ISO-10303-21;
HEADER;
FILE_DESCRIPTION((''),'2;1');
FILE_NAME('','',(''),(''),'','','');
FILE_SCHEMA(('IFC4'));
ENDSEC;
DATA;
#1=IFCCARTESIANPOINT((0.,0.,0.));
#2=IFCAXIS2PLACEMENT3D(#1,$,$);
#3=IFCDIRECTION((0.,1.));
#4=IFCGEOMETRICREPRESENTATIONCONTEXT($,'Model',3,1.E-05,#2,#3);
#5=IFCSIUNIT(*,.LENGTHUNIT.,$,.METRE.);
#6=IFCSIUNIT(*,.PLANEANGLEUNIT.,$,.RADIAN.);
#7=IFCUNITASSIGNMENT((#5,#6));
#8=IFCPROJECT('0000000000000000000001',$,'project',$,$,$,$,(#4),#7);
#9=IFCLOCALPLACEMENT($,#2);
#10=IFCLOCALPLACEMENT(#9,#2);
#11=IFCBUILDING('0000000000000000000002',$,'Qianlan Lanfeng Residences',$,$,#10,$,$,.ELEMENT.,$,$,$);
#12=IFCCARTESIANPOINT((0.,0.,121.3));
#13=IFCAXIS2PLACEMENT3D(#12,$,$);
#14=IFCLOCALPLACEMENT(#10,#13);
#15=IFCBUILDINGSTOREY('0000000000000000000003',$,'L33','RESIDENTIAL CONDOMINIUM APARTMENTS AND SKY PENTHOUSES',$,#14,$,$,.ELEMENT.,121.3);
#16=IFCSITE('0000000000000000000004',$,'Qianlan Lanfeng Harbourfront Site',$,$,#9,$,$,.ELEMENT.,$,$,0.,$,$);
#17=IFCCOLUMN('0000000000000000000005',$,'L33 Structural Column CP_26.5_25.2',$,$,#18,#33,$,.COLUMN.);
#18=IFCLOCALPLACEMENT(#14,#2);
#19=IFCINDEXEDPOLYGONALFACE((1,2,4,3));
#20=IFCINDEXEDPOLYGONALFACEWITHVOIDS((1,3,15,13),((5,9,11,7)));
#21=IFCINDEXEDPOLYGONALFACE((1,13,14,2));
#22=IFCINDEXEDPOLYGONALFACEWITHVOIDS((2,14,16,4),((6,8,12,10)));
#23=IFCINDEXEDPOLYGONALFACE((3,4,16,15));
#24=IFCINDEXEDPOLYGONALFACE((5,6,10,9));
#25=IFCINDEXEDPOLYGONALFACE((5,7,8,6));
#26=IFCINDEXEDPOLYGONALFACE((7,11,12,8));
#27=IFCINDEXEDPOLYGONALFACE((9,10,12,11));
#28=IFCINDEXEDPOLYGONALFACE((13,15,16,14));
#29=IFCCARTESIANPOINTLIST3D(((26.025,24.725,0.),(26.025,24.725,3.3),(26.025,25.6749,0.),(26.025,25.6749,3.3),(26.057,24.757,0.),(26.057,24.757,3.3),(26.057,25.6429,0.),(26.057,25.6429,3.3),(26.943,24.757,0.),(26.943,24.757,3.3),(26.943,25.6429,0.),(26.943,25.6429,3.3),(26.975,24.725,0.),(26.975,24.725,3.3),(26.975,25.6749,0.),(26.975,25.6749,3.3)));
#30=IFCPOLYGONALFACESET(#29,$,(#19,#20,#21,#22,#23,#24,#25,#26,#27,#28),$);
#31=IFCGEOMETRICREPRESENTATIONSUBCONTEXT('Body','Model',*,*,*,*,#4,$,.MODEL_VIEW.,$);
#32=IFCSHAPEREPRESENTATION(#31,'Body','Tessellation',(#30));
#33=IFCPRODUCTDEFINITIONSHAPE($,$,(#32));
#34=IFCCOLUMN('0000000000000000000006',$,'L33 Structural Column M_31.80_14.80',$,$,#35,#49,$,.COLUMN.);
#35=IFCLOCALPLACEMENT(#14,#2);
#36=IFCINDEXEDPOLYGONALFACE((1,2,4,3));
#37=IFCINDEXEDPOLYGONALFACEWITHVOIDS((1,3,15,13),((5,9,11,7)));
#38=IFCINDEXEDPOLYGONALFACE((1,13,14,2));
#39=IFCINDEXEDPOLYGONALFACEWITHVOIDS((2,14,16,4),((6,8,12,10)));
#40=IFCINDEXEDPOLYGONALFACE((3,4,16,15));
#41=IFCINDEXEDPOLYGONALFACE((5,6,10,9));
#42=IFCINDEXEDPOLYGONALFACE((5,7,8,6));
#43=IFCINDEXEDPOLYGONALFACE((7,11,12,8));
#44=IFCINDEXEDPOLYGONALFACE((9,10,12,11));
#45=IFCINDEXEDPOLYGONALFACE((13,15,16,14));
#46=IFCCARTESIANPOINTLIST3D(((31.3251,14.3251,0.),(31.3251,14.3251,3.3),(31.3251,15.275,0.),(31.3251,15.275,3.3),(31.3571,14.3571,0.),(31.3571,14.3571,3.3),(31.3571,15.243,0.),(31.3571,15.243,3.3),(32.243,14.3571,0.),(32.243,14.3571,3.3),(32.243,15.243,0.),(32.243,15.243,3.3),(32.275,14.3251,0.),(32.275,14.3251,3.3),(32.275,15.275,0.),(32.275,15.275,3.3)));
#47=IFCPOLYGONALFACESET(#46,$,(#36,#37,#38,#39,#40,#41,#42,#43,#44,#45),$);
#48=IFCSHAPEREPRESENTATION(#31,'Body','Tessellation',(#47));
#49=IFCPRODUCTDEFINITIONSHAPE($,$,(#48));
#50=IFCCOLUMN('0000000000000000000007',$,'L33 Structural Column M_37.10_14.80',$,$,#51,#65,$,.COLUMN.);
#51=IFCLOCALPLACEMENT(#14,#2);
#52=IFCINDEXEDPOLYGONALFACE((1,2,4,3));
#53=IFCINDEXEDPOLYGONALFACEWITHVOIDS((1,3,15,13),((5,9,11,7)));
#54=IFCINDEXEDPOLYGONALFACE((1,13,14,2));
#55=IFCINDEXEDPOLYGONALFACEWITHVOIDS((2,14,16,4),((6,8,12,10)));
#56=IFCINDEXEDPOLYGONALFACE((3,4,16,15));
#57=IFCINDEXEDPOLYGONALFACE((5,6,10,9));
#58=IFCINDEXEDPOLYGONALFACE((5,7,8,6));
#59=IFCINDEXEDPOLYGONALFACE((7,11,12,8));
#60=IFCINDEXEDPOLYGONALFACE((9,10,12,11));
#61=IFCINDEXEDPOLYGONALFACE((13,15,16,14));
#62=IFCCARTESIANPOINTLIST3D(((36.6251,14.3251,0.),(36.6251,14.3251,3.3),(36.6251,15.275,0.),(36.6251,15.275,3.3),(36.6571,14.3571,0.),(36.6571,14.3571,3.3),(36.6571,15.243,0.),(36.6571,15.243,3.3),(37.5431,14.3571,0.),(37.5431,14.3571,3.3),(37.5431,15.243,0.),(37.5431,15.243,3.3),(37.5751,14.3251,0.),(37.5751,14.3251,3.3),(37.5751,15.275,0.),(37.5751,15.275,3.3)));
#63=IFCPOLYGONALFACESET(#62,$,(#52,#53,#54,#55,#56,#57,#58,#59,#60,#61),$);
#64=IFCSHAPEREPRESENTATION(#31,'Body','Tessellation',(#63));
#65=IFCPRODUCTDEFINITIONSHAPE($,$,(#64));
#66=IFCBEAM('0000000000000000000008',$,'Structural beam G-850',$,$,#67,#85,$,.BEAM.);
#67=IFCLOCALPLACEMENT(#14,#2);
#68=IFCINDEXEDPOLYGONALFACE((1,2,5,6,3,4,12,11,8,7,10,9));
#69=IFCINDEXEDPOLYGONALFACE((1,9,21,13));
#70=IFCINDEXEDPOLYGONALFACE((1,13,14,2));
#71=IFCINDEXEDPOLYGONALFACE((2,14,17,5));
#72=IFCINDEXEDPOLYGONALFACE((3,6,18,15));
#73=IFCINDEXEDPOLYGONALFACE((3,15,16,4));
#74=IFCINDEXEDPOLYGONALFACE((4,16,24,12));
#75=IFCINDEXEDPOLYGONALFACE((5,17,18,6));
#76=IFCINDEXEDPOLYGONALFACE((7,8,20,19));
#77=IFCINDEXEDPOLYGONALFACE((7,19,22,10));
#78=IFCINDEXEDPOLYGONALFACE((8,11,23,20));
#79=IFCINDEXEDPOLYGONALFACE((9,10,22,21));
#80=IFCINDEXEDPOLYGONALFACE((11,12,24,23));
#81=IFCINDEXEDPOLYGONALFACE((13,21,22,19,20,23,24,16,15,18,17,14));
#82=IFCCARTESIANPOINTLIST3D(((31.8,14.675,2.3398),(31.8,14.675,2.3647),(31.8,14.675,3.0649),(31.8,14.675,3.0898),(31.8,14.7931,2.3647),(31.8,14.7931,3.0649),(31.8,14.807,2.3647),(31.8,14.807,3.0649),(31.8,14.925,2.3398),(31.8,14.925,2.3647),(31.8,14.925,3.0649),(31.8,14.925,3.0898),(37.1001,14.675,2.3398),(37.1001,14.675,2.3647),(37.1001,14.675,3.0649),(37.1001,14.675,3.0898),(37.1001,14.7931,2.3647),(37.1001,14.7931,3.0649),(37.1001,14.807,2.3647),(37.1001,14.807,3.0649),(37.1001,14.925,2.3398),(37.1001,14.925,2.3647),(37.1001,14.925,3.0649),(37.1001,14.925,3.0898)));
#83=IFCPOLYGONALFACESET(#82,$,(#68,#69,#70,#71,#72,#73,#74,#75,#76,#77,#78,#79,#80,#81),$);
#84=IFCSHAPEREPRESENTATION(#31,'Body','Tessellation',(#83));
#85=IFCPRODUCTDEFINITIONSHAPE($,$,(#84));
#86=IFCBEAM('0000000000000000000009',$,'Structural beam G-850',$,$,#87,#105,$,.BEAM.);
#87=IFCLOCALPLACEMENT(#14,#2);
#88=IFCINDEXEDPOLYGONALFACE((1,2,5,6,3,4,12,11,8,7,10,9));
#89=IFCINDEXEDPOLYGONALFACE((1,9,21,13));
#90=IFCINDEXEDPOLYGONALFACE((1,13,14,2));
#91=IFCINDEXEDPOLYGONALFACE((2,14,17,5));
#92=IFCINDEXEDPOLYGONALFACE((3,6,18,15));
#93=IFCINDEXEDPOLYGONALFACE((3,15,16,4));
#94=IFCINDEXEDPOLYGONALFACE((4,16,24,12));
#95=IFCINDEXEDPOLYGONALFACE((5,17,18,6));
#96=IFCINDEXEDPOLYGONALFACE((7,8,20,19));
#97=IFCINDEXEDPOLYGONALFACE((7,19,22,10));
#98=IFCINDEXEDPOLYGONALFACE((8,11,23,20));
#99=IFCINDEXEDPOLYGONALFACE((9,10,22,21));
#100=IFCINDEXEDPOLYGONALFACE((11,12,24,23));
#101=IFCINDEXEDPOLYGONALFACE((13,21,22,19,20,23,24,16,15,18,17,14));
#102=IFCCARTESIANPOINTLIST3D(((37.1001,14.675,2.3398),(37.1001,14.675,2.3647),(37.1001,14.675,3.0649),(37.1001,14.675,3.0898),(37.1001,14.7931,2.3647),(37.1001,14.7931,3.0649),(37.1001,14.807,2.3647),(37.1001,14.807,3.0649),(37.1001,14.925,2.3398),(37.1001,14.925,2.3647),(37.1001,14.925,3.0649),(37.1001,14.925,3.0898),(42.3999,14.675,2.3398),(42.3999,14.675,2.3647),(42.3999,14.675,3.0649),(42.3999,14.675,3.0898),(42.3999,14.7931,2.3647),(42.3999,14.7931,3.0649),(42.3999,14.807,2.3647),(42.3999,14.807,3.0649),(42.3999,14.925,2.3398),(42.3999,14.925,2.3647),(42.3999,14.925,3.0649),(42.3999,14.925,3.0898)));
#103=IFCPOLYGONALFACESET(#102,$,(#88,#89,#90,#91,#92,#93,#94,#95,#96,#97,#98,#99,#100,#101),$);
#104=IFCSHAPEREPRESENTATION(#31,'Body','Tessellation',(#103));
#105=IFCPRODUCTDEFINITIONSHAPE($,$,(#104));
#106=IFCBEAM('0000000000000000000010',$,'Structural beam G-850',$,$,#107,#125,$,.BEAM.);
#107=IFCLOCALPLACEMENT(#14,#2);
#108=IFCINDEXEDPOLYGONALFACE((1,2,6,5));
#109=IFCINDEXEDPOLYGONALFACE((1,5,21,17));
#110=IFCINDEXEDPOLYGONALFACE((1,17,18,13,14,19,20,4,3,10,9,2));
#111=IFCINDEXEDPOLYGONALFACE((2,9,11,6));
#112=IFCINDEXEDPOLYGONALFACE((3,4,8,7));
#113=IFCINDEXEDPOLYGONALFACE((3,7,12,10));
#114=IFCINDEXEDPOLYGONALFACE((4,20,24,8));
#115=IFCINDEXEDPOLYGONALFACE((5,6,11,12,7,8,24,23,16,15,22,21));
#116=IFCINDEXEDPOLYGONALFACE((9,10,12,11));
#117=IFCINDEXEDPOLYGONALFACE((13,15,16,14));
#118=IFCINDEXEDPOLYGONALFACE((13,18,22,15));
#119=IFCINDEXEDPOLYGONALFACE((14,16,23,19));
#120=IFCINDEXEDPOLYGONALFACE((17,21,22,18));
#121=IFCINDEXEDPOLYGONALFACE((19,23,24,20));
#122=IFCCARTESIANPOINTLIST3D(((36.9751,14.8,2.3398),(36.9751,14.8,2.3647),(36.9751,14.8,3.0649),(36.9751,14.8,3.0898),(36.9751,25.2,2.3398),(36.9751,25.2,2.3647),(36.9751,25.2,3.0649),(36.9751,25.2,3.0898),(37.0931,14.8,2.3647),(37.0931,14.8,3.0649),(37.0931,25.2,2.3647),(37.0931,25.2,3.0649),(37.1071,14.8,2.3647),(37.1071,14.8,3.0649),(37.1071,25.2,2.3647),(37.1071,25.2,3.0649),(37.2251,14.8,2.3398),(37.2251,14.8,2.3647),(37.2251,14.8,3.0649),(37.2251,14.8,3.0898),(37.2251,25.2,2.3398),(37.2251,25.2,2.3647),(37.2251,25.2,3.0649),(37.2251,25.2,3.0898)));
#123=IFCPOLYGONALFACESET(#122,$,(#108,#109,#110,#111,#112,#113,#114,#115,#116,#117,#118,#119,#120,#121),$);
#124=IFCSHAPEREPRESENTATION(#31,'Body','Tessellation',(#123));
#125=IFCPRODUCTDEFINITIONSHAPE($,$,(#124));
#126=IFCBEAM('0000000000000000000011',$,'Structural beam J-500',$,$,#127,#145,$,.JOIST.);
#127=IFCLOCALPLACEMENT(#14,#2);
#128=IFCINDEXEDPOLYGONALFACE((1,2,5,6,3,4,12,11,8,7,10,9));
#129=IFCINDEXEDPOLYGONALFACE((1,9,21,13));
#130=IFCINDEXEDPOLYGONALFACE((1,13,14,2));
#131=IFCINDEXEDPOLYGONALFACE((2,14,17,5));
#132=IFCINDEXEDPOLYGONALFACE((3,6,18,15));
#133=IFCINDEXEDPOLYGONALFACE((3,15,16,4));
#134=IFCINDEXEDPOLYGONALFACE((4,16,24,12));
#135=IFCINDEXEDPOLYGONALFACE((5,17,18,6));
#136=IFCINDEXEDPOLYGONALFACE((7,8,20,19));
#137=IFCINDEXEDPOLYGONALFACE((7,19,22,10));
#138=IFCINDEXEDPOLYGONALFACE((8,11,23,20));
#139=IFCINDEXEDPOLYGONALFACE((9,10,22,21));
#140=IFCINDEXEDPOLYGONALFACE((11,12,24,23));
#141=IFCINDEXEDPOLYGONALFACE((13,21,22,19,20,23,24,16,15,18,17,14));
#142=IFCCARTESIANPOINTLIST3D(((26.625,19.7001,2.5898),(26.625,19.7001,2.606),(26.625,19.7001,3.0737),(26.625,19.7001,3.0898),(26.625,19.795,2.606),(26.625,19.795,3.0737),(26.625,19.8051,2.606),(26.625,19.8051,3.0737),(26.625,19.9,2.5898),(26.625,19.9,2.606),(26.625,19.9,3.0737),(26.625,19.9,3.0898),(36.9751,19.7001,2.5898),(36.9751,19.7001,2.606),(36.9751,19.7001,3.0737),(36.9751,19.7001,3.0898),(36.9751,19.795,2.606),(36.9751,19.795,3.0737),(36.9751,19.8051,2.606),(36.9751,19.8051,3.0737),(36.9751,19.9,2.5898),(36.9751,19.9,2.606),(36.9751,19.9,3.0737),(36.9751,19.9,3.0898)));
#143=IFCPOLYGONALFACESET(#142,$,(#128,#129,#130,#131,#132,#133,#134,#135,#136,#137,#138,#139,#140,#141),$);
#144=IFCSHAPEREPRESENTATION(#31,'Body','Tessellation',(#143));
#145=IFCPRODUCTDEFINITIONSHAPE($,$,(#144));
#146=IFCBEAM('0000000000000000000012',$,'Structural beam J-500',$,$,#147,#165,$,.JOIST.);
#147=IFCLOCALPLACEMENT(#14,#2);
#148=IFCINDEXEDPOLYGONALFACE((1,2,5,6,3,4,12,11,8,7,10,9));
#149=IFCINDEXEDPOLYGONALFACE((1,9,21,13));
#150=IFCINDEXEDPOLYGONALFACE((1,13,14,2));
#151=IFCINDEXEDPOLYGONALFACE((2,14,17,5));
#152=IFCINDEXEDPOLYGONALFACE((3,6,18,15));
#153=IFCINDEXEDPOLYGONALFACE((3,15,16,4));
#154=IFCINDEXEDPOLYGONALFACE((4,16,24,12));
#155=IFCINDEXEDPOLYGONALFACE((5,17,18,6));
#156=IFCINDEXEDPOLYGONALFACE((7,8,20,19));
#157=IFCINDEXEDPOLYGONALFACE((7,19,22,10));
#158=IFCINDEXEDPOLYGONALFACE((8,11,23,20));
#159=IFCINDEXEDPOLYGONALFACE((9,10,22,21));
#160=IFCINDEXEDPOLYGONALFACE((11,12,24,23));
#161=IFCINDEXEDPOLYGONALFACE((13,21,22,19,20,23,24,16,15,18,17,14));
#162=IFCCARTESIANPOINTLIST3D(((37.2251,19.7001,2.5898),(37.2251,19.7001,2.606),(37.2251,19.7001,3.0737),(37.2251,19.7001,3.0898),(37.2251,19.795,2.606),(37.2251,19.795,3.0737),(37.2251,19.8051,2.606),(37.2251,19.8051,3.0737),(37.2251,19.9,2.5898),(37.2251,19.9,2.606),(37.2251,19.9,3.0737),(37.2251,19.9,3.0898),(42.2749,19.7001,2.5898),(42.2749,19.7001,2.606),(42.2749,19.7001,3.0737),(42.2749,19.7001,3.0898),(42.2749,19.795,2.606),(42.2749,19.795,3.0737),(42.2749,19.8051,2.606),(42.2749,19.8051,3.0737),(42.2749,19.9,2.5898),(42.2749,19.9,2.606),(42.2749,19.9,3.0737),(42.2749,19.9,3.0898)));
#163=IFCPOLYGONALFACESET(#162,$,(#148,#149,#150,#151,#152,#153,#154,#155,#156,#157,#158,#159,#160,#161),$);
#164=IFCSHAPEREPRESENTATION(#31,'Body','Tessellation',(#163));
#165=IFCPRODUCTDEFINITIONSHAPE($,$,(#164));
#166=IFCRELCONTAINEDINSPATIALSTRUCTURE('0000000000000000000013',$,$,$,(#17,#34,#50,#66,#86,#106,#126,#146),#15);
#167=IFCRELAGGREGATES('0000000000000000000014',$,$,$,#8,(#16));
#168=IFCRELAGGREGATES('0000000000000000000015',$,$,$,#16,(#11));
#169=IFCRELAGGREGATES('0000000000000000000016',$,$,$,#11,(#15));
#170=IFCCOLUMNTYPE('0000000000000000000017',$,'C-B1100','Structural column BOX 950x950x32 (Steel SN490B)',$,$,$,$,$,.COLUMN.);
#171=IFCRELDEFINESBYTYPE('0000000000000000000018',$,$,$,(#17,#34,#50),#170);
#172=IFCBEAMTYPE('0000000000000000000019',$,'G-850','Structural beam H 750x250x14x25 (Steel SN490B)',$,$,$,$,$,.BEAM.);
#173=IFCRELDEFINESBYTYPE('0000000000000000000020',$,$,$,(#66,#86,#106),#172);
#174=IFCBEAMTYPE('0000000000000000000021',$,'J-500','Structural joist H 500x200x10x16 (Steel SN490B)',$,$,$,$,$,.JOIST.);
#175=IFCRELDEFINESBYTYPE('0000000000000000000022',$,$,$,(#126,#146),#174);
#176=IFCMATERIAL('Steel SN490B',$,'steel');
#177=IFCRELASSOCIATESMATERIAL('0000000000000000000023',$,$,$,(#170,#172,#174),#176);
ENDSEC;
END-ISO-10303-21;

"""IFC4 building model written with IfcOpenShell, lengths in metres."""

from ifc_helpers import new_model, si_unit, direction, frame, origin, origin_2d, place, context, subcontext, project, spatial, hollow_rectangle, i_section, extrude, material, material_profile, profile_set, type_object, element, save


model = new_model("IFC4")

# Units and contexts
model_context = context("Model", 3, precision=1e-05, world=origin(), true_north=direction((0.0, 1.0)))
body_context = subcontext(model_context, "Body", "Model", "MODEL_VIEW")
ifc_project = project(units=[si_unit("LENGTHUNIT", "METRE"), si_unit("PLANEANGLEUNIT", "RADIAN")], contexts=[model_context])

# Site, building, storey
site_placement = place(None, origin())
site = spatial("IfcSite", under=ifc_project, at=site_placement, Name="Qianlan Lanfeng Harbourfront Site", CompositionType="ELEMENT", RefElevation=0.0)
building_placement = place(site_placement, origin())
building = spatial("IfcBuilding", under=site, at=building_placement, Name="Qianlan Lanfeng Residences", CompositionType="ELEMENT")
storey_placement = place(building_placement, frame((0.0, 0.0, 121.3)))
storey = spatial("IfcBuildingStorey", under=building, at=storey_placement, Name="L33", Description="RESIDENTIAL CONDOMINIUM APARTMENTS AND SKY PENTHOUSES", CompositionType="ELEMENT", Elevation=121.3)

# Columns
ifc_material_1 = material(Name="Steel SN490B", Category="steel")
ifc_material_profile_1 = material_profile(ifc_material_1, hollow_rectangle(XDim=0.95, YDim=0.95, WallThickness=0.032, at=origin_2d()), Name="BOX 950x950x32")
ifc_profile_set_1 = profile_set([ifc_material_profile_1], Name="Steel SN490B")
column_type = type_object("IfcColumnType", Name="C-B1100", Description="Structural column BOX 950x950x32 (Steel SN490B)", PredefinedType="COLUMN", material=ifc_profile_set_1)
for number, where, z_axis, x_axis, name in (
    (1, (26.5, 25.2, 0.0), (0.0, 0.0, 1.0), (1.0, 0.0, 0.0), "L33 Structural Column CP_26.5_25.2"),
    (2, (31.8, 14.8, 0.0), (0.0, 0.0, 1.0), (1.0, 0.0, 0.0), "L33 Structural Column M_31.80_14.80"),
    (3, (37.1001, 14.8, 0.0), (0.0, 0.0, 1.0), (1.0, 0.0, 0.0), "L33 Structural Column M_37.10_14.80"),
):
    element("IfcColumn", number, at=place(storey_placement, frame(where, z_axis=z_axis, x_axis=x_axis)), inside=storey, type_object=column_type, Name=name, PredefinedType="COLUMN", context=body_context, shape_type="SweptSolid", body=[
        extrude(hollow_rectangle(XDim=0.95, YDim=0.95, WallThickness=0.032, at=origin_2d()), origin(), (0.0, 0.0, 1.0), 3.3),
    ])

# Beams
ifc_material_profile_2 = material_profile(ifc_material_1, i_section(OverallWidth=0.25, OverallDepth=0.75, WebThickness=0.0139, FlangeThickness=0.0249, at=origin_2d()), Name="H 750x250x14x25")
ifc_profile_set_2 = profile_set([ifc_material_profile_2], Name="Steel SN490B")
beam_type_1 = type_object("IfcBeamType", Name="G-850", Description="Structural beam H 750x250x14x25 (Steel SN490B)", PredefinedType="BEAM", material=ifc_profile_set_2)
beam_1_placement = place(storey_placement, frame((31.8, 14.8, 2.7148), z_axis=(1.0, 0.0, 0.0), x_axis=(0.0, 1.0, 0.0)))
element("IfcBeam", 4, at=beam_1_placement, inside=storey, type_object=beam_type_1, Name="Structural beam G-850", PredefinedType="BEAM", context=body_context, shape_type="SweptSolid", body=[
    extrude(i_section(OverallWidth=0.25, OverallDepth=0.75, WebThickness=0.0139, FlangeThickness=0.0249, at=origin_2d()), origin(), (0.0, 0.0, 1.0), 5.3),
])
beam_2_placement = place(storey_placement, frame((37.1001, 14.8, 2.7148), z_axis=(1.0, 0.0, 0.0), x_axis=(0.0, 1.0, 0.0)))
element("IfcBeam", 5, at=beam_2_placement, inside=storey, type_object=beam_type_1, Name="Structural beam G-850", PredefinedType="BEAM", context=body_context, shape_type="SweptSolid", body=[
    extrude(i_section(OverallWidth=0.25, OverallDepth=0.75, WebThickness=0.0139, FlangeThickness=0.0249, at=origin_2d()), origin(), (0.0, 0.0, 1.0), 5.2998),
])
beam_3_placement = place(storey_placement, frame((37.1001, 14.8, 2.7148), z_axis=(0.0, 1.0, 0.0), x_axis=(-1.0, 0.0, 0.0)))
element("IfcBeam", 6, at=beam_3_placement, inside=storey, type_object=beam_type_1, Name="Structural beam G-850", PredefinedType="BEAM", context=body_context, shape_type="SweptSolid", body=[
    extrude(i_section(OverallWidth=0.25, OverallDepth=0.75, WebThickness=0.0139, FlangeThickness=0.0249, at=origin_2d()), origin(), (0.0, 0.0, 1.0), 10.3999),
])
ifc_material_profile_3 = material_profile(ifc_material_1, i_section(OverallWidth=0.2, OverallDepth=0.5, WebThickness=0.01, FlangeThickness=0.0161, at=origin_2d()), Name="H 500x200x10x16")
ifc_profile_set_3 = profile_set([ifc_material_profile_3], Name="Steel SN490B")
beam_type_2 = type_object("IfcBeamType", Name="J-500", Description="Structural joist H 500x200x10x16 (Steel SN490B)", PredefinedType="JOIST", material=ifc_profile_set_3)
beam_4_placement = place(storey_placement, frame((26.625, 19.8, 2.8398), z_axis=(1.0, 0.0, 0.0), x_axis=(0.0, 1.0, 0.0)))
element("IfcBeam", 7, at=beam_4_placement, inside=storey, type_object=beam_type_2, Name="Structural beam J-500", PredefinedType="JOIST", context=body_context, shape_type="SweptSolid", body=[
    extrude(i_section(OverallWidth=0.2, OverallDepth=0.5, WebThickness=0.01, FlangeThickness=0.0161, at=origin_2d()), origin(), (0.0, 0.0, 1.0), 10.3501),
])
beam_5_placement = place(storey_placement, frame((37.2251, 19.8, 2.8398), z_axis=(1.0, 0.0, 0.0), x_axis=(0.0, 1.0, 0.0)))
element("IfcBeam", 8, at=beam_5_placement, inside=storey, type_object=beam_type_2, Name="Structural beam J-500", PredefinedType="JOIST", context=body_context, shape_type="SweptSolid", body=[
    extrude(i_section(OverallWidth=0.2, OverallDepth=0.5, WebThickness=0.01, FlangeThickness=0.0161, at=origin_2d()), origin(), (0.0, 0.0, 1.0), 5.0498),
])

save(model, "model.ifc")
